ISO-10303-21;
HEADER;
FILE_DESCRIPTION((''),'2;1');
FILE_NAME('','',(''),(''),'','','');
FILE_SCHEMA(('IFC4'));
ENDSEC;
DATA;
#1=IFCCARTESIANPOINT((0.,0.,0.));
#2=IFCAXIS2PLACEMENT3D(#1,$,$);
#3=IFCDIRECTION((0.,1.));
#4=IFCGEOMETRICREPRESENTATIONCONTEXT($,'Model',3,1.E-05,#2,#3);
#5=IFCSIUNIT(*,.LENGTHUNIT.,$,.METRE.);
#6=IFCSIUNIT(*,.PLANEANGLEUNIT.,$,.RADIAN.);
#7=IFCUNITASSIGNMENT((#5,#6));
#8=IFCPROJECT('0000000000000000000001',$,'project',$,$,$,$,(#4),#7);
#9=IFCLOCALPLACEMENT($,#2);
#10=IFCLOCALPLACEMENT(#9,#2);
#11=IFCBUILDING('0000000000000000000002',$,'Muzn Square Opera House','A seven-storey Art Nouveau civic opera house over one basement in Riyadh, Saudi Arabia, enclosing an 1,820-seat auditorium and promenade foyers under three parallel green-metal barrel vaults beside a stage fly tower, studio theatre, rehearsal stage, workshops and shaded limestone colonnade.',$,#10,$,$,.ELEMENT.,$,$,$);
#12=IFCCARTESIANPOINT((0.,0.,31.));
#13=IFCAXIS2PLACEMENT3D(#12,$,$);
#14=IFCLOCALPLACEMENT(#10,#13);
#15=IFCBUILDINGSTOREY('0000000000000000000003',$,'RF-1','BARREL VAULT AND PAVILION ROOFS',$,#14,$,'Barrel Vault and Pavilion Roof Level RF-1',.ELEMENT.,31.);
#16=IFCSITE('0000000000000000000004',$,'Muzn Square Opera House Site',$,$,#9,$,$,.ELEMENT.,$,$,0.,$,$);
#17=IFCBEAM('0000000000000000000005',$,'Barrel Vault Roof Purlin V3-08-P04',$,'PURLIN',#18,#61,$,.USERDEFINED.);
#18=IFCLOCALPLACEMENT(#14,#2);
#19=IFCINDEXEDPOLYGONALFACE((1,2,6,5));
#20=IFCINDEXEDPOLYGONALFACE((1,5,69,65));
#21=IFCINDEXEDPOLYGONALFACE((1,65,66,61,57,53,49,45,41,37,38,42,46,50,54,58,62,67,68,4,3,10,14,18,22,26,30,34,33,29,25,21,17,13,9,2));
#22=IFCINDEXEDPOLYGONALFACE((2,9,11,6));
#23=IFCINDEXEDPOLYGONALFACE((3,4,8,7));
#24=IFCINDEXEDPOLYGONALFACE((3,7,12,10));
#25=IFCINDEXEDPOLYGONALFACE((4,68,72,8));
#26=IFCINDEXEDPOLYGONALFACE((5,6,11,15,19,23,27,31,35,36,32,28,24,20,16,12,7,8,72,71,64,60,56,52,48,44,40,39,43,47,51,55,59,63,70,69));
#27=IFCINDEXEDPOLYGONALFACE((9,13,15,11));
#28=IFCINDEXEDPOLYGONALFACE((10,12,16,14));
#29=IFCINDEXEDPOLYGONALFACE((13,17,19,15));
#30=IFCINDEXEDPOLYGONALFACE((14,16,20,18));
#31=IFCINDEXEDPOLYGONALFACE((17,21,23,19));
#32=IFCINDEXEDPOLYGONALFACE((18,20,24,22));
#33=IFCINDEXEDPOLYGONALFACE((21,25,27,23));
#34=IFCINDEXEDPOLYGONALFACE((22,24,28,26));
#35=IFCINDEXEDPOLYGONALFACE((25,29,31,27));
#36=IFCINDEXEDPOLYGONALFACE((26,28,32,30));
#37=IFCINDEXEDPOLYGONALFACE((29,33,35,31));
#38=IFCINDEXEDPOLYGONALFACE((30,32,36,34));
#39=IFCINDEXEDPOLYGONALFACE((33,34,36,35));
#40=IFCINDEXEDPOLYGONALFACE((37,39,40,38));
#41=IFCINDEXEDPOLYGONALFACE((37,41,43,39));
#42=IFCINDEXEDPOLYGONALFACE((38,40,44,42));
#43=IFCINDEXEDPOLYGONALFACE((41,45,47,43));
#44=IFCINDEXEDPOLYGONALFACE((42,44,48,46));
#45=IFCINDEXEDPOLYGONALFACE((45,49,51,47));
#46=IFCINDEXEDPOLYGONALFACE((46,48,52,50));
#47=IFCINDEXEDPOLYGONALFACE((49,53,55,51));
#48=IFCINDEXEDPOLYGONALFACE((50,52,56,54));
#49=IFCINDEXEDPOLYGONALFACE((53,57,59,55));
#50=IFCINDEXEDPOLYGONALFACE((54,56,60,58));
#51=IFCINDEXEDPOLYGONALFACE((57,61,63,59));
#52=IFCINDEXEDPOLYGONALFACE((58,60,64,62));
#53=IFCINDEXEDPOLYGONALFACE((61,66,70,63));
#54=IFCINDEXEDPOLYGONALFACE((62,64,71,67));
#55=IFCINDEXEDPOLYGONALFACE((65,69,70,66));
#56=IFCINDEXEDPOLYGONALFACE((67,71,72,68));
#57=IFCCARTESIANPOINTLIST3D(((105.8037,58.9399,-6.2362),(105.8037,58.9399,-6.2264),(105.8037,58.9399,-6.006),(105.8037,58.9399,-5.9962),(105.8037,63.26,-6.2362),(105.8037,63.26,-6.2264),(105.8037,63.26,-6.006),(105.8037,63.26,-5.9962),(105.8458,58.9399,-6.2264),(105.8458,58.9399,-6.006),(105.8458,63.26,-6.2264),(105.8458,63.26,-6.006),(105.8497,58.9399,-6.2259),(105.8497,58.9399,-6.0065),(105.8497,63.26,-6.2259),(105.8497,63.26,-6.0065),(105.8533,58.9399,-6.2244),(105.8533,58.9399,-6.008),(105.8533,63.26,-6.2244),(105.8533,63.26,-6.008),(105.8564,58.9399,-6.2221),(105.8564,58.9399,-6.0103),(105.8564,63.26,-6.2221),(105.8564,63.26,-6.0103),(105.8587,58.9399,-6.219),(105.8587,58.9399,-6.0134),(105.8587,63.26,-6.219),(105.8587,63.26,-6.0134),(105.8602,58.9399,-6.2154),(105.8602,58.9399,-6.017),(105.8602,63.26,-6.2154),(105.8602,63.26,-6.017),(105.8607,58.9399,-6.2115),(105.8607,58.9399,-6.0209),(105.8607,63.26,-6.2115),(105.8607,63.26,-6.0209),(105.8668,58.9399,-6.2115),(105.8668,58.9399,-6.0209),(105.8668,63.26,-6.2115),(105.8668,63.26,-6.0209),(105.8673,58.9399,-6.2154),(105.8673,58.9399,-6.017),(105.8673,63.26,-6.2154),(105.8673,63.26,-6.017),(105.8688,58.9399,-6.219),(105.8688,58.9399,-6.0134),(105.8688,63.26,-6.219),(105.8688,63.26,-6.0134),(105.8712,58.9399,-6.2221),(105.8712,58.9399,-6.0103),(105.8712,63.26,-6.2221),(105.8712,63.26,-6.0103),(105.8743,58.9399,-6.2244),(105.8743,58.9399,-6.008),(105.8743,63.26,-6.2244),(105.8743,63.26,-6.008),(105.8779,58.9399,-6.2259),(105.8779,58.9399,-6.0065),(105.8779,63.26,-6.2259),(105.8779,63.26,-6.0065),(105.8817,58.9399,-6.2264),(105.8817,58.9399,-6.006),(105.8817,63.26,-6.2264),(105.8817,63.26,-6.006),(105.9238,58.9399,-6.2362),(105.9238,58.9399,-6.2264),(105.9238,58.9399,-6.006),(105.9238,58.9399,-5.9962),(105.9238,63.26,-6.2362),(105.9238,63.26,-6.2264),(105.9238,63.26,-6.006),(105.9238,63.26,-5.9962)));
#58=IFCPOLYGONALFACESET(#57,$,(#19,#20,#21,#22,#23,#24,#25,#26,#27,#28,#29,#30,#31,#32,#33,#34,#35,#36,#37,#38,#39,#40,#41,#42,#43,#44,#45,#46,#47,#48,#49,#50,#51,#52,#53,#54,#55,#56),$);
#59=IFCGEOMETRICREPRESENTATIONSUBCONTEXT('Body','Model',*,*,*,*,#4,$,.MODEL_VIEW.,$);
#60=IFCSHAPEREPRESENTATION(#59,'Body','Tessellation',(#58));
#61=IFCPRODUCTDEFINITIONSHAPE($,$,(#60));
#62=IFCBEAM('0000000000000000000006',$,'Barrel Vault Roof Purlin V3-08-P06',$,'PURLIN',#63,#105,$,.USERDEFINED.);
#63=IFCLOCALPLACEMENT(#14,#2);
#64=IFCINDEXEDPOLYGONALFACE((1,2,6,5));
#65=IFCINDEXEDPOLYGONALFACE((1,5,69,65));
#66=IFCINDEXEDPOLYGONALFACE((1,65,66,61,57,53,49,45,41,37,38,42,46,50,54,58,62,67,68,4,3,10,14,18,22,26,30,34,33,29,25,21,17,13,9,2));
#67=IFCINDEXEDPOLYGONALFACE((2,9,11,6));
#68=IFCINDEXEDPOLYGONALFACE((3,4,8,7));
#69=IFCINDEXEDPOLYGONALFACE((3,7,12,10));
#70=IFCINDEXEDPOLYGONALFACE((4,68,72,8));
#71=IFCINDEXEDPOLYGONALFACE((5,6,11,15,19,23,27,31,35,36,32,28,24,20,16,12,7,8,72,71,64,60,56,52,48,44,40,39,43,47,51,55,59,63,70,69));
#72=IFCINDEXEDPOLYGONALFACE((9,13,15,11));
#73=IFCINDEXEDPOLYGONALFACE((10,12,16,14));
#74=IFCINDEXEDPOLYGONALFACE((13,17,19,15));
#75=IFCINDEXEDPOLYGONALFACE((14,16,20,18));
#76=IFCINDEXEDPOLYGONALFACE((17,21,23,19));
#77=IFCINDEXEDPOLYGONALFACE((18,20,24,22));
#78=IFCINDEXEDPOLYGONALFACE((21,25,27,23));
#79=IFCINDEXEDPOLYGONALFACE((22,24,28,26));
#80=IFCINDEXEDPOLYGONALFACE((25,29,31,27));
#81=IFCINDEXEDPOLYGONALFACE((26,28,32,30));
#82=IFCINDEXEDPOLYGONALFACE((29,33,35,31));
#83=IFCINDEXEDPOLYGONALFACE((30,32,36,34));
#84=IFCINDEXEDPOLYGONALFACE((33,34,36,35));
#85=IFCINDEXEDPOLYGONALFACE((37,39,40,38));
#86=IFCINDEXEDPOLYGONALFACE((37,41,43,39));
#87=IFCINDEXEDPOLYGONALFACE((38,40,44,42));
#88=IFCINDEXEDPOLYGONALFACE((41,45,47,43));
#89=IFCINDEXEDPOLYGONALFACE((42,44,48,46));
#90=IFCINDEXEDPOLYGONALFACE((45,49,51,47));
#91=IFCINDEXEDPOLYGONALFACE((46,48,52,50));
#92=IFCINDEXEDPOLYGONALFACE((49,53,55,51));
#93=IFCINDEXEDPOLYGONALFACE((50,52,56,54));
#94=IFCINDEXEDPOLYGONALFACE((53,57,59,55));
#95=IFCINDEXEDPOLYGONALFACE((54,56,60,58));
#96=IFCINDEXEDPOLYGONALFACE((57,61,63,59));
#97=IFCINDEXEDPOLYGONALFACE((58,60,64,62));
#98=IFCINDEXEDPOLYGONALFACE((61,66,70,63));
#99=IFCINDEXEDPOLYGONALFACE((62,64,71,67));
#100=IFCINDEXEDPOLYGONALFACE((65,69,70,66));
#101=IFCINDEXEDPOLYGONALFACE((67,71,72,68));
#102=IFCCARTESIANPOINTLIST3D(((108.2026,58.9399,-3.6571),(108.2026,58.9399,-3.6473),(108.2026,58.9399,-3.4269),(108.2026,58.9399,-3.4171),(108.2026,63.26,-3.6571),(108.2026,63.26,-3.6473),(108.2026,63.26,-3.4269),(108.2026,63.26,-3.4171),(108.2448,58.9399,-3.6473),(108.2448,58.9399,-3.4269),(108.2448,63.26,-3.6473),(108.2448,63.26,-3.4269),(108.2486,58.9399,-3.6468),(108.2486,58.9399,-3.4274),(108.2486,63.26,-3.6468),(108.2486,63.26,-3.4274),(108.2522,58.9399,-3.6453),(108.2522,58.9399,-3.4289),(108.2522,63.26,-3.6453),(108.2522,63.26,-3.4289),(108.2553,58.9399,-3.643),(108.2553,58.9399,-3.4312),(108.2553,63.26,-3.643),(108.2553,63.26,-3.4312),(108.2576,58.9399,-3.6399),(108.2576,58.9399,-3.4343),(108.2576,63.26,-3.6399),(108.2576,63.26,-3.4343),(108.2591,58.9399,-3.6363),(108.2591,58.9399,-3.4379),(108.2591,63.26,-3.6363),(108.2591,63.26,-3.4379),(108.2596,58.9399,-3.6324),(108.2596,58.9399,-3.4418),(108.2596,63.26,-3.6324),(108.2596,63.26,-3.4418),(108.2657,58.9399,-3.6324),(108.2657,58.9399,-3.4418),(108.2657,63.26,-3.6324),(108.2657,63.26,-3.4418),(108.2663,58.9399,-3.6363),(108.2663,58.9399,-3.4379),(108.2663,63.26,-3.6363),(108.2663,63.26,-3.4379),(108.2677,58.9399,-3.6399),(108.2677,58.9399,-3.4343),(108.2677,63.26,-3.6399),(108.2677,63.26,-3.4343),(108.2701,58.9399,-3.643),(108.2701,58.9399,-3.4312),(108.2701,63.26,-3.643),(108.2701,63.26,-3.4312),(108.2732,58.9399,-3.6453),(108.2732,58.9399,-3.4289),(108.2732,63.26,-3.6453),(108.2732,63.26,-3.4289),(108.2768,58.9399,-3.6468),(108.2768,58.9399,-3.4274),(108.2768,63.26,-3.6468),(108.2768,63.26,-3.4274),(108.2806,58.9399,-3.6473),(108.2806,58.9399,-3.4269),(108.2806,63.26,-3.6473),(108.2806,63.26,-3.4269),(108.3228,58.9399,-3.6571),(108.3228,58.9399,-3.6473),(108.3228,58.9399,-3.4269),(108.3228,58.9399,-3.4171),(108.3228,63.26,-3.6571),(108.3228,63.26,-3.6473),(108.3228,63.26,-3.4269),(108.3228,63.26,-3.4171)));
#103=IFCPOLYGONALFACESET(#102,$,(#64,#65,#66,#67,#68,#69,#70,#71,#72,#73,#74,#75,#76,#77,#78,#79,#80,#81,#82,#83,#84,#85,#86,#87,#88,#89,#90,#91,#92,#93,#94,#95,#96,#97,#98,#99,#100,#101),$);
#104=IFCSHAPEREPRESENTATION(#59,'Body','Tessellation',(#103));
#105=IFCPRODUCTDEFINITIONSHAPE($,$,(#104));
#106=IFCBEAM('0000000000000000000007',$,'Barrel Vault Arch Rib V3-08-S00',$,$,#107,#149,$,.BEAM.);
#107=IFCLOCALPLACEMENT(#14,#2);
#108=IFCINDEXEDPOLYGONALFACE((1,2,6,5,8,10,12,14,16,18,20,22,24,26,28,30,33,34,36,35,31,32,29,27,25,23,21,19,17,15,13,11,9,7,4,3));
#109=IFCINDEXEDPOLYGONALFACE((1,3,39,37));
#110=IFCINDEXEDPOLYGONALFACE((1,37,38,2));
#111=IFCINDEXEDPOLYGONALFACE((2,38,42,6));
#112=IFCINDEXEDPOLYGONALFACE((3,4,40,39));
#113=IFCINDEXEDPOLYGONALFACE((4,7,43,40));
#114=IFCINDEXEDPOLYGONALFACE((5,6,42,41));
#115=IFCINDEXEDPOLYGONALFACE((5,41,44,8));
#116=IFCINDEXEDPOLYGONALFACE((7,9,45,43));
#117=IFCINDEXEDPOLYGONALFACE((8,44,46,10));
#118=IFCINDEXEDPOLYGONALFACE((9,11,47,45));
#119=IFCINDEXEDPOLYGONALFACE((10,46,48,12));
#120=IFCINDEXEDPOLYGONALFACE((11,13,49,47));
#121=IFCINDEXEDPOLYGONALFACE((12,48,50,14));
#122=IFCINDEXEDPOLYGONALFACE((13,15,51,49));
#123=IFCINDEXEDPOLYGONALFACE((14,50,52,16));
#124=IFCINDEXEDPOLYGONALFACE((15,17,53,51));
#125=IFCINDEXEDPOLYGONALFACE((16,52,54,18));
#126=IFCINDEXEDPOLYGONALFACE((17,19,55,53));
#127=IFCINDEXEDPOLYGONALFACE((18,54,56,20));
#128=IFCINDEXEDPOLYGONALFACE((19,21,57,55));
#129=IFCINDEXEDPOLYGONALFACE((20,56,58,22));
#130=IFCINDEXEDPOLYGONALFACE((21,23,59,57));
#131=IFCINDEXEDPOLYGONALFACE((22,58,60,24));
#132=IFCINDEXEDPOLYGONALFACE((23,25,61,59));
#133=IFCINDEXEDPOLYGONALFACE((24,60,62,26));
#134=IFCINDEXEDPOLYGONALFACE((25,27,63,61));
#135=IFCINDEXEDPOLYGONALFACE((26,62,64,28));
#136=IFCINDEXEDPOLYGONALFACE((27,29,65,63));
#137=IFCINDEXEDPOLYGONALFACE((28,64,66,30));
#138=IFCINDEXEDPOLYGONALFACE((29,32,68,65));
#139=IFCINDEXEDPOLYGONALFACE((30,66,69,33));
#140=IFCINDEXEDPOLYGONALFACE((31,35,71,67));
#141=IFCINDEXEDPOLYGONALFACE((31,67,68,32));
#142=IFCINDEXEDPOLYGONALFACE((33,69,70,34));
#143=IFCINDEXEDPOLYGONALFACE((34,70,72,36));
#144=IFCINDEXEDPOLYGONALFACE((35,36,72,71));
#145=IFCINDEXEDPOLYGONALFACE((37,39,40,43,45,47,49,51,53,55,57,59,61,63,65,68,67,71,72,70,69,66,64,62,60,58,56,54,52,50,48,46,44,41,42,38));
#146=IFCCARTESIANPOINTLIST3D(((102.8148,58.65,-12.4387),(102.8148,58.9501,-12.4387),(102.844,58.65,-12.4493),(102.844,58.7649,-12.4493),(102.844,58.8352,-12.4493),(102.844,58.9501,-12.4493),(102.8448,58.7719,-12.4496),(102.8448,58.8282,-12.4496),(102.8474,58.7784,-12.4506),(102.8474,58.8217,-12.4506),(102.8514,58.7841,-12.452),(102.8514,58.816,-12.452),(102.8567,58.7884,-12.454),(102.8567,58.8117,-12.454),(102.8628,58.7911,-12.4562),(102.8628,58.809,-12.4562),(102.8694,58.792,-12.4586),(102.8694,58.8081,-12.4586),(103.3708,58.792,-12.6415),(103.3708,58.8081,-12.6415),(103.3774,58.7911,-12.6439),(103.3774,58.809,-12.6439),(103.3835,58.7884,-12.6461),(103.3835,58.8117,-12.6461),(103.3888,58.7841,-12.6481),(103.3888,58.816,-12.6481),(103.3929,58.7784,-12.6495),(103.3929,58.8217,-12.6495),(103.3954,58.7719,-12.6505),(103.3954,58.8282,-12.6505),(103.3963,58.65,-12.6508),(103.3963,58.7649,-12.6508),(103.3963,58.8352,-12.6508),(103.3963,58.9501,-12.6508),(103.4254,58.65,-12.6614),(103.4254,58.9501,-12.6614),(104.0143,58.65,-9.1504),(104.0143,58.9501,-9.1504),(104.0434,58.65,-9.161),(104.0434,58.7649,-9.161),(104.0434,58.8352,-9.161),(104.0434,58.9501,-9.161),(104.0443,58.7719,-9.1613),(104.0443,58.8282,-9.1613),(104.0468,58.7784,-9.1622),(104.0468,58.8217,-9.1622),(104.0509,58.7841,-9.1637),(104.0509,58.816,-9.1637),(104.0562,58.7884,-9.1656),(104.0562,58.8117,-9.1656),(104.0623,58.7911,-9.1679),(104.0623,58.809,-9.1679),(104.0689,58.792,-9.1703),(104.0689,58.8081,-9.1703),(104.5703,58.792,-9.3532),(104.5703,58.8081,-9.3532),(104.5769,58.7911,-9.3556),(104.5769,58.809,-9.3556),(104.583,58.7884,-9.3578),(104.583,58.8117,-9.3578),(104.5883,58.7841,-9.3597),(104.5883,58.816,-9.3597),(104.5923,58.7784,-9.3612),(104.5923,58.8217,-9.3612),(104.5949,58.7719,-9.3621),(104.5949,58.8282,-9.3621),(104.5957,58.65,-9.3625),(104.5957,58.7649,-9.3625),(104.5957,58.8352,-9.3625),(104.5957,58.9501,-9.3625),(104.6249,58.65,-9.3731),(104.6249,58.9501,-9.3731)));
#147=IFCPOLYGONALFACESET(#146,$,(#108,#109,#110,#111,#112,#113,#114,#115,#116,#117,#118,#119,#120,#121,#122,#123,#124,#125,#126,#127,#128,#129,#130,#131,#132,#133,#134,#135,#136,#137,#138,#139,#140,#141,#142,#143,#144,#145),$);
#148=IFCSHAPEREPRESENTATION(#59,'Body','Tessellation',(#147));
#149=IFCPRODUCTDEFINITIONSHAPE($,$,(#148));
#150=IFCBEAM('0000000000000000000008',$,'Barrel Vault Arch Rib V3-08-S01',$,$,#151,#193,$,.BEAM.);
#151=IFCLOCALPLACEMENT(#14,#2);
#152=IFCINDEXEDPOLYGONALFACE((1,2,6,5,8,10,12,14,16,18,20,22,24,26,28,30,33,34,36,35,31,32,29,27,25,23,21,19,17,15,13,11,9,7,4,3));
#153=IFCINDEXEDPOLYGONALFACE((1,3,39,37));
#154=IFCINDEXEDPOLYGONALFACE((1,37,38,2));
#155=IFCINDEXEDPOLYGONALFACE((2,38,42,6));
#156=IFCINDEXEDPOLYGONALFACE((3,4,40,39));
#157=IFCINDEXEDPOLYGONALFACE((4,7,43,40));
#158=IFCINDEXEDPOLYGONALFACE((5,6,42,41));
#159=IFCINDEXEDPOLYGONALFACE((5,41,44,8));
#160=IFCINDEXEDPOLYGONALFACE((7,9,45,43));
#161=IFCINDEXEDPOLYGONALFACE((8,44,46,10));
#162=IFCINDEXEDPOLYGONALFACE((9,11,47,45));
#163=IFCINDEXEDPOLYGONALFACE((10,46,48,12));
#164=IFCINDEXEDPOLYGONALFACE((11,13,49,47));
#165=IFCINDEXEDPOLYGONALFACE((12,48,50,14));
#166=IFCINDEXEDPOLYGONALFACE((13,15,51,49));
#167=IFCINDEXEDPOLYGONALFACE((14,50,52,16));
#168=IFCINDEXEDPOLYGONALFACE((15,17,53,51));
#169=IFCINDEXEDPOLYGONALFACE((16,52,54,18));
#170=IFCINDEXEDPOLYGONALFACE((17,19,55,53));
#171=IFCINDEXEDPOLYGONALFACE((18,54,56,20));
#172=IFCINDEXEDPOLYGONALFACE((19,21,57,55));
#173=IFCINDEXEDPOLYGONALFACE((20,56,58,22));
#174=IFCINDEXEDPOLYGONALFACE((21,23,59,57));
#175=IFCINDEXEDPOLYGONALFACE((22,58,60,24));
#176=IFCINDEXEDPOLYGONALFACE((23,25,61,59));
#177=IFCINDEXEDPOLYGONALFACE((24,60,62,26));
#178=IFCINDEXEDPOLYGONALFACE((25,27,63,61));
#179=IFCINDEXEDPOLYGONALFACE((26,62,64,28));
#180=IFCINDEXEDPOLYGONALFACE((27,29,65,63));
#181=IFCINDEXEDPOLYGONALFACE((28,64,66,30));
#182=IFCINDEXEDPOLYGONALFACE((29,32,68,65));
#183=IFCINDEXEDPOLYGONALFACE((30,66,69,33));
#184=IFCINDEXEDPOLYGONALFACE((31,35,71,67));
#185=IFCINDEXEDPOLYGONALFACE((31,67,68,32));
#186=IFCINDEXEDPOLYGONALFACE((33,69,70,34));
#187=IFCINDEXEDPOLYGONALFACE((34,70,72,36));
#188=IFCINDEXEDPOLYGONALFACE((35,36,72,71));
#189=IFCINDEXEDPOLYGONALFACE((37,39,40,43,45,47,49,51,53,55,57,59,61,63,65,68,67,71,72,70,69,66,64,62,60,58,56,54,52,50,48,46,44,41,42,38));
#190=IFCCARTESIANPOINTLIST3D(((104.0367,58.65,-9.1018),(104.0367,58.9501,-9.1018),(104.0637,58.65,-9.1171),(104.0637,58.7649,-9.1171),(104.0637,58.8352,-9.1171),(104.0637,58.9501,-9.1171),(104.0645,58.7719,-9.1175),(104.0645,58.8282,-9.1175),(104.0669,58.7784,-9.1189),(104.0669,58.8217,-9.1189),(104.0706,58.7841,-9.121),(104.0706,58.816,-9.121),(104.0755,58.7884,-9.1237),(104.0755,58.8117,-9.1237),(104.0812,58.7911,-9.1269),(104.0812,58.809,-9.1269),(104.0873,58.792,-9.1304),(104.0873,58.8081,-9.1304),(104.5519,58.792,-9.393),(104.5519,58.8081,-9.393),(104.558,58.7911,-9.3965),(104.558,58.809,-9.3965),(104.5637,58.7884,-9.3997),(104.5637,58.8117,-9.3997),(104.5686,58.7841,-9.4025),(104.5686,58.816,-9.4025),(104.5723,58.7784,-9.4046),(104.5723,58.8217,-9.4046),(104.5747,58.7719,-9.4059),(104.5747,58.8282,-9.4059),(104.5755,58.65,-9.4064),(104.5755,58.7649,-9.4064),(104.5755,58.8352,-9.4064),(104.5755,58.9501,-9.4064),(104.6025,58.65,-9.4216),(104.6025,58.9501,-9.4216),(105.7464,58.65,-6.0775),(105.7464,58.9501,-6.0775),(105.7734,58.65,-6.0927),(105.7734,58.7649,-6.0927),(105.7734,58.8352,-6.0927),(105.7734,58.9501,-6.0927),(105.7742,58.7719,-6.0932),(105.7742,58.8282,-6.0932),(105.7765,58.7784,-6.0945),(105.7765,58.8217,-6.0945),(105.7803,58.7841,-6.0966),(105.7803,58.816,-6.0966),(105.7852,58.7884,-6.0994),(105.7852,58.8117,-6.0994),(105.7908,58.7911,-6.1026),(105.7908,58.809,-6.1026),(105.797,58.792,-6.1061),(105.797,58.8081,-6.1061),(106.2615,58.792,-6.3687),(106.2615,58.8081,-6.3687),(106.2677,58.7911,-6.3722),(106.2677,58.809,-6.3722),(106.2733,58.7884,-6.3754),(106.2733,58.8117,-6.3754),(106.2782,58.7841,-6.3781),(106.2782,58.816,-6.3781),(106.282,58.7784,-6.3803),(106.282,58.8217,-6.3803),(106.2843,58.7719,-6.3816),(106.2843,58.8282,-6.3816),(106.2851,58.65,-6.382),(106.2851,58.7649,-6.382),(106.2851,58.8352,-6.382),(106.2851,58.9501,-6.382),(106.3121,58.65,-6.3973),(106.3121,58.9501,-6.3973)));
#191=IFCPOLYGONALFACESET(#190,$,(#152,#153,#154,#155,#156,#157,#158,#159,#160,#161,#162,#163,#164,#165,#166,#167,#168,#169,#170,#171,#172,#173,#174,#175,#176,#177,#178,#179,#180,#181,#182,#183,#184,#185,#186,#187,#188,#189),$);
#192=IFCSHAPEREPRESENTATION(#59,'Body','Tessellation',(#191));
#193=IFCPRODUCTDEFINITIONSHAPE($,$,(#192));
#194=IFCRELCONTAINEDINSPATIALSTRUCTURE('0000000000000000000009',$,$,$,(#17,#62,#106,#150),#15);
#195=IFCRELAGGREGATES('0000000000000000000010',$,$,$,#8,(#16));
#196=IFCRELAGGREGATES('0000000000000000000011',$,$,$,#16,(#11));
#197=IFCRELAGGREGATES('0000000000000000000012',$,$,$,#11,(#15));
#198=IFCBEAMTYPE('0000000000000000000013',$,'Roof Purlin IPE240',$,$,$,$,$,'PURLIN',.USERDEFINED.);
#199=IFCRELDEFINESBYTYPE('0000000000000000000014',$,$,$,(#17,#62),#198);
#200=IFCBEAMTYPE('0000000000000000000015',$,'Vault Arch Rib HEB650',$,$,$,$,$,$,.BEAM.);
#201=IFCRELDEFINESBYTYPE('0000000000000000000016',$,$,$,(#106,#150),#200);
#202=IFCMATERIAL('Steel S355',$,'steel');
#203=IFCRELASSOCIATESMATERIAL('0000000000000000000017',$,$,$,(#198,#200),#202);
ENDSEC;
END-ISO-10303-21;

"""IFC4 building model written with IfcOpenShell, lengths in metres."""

from ifc_helpers import new_model, si_unit, direction, frame, origin, origin_2d, place, context, subcontext, project, spatial, i_section, extrude, material, material_profile, profile_set, type_object, element, save


model = new_model("IFC4")

# Units and contexts
model_context = context("Model", 3, precision=1e-05, world=origin(), true_north=direction((0.0, 1.0)))
body_context = subcontext(model_context, "Body", "Model", "MODEL_VIEW")
ifc_project = project(units=[si_unit("LENGTHUNIT", "METRE"), si_unit("PLANEANGLEUNIT", "RADIAN")], contexts=[model_context])

# Site, building, storey
site_placement = place(None, origin())
site = spatial("IfcSite", under=ifc_project, at=site_placement, Name="Muzn Square Opera House Site", CompositionType="ELEMENT", RefElevation=0.0)
building_placement = place(site_placement, origin())
building = spatial("IfcBuilding", under=site, at=building_placement, Name="Muzn Square Opera House", Description="A seven-storey Art Nouveau civic opera house over one basement in Riyadh, Saudi Arabia, enclosing an 1,820-seat auditorium and promenade foyers under three parallel green-metal barrel vaults beside a stage fly tower, studio theatre, rehearsal stage, workshops and shaded limestone colonnade.", CompositionType="ELEMENT")
storey_placement = place(building_placement, frame((0.0, 0.0, 31.0)))
storey = spatial("IfcBuildingStorey", under=building, at=storey_placement, Name="RF-1", Description="BARREL VAULT AND PAVILION ROOFS", LongName="Barrel Vault and Pavilion Roof Level RF-1", CompositionType="ELEMENT", Elevation=31.0)

# Beams
ifc_material_1 = material(Name="Steel S355", Category="steel")
ifc_material_profile_1 = material_profile(ifc_material_1, i_section(OverallWidth=0.1201, OverallDepth=0.24, WebThickness=0.0061, FlangeThickness=0.0098, FilletRadius=0.0149, at=origin_2d()), Name="IPE 240", Category="steel")
ifc_profile_set_1 = profile_set([ifc_material_profile_1], Name="Steel S355")
beam_type_1 = type_object("IfcBeamType", Name="Roof Purlin IPE240", ElementType="PURLIN", PredefinedType="USERDEFINED", material=ifc_profile_set_1)
for number, where, z_axis, x_axis, name in (
    (1, (105.8638, 58.9399, -6.1162), (0.0, 1.0, 0.0), (-1.0, 0.0, 0.0), "Barrel Vault Roof Purlin V3-08-P04"),
    (2, (108.2627, 58.9399, -3.5371), (0.0, 1.0, 0.0), (-1.0, 0.0, 0.0), "Barrel Vault Roof Purlin V3-08-P06"),
):
    element("IfcBeam", number, at=place(storey_placement, frame(where, z_axis=z_axis, x_axis=x_axis)), inside=storey, type_object=beam_type_1, Name=name, ObjectType="PURLIN", PredefinedType="USERDEFINED", context=body_context, shape_type="SweptSolid", body=[
        extrude(i_section(OverallWidth=0.1201, OverallDepth=0.24, WebThickness=0.0061, FlangeThickness=0.0098, FilletRadius=0.0149, at=origin_2d()), origin(), (0.0, 0.0, 1.0), 4.3201),
    ])
ifc_material_profile_2 = material_profile(ifc_material_1, i_section(OverallWidth=0.3, OverallDepth=0.6499, WebThickness=0.0161, FlangeThickness=0.031, FilletRadius=0.0271, at=origin_2d()), Name="HEB 650", Category="steel")
ifc_profile_set_2 = profile_set([ifc_material_profile_2], Name="Steel S355")
beam_type_2 = type_object("IfcBeamType", Name="Vault Arch Rib HEB650", PredefinedType="BEAM", material=ifc_profile_set_2)
beam_1_placement = place(storey_placement, frame((103.1201, 58.8, -12.55), z_axis=(0.342678, 0.0, 0.939453), x_axis=(0.0, 1.0, 0.0)))
element("IfcBeam", 3, at=beam_1_placement, inside=storey, type_object=beam_type_2, Name="Barrel Vault Arch Rib V3-08-S00", PredefinedType="BEAM", context=body_context, shape_type="SweptSolid", body=[
    extrude(i_section(OverallWidth=0.3, OverallDepth=0.6499, WebThickness=0.0161, FlangeThickness=0.031, FilletRadius=0.0271, at=origin_2d()), origin(), (0.0, 0.0, 1.0), 3.5002),
])
beam_2_placement = place(storey_placement, frame((104.3196, 58.8, -9.2617), z_axis=(0.492115, 0.0, 0.87053), x_axis=(0.0, 1.0, 0.0)))
element("IfcBeam", 4, at=beam_2_placement, inside=storey, type_object=beam_type_2, Name="Barrel Vault Arch Rib V3-08-S01", PredefinedType="BEAM", context=body_context, shape_type="SweptSolid", body=[
    extrude(i_section(OverallWidth=0.3, OverallDepth=0.6499, WebThickness=0.0161, FlangeThickness=0.031, FilletRadius=0.0271, at=origin_2d()), origin(), (0.0, 0.0, 1.0), 3.4741),
])

save(model, "model.ifc")
